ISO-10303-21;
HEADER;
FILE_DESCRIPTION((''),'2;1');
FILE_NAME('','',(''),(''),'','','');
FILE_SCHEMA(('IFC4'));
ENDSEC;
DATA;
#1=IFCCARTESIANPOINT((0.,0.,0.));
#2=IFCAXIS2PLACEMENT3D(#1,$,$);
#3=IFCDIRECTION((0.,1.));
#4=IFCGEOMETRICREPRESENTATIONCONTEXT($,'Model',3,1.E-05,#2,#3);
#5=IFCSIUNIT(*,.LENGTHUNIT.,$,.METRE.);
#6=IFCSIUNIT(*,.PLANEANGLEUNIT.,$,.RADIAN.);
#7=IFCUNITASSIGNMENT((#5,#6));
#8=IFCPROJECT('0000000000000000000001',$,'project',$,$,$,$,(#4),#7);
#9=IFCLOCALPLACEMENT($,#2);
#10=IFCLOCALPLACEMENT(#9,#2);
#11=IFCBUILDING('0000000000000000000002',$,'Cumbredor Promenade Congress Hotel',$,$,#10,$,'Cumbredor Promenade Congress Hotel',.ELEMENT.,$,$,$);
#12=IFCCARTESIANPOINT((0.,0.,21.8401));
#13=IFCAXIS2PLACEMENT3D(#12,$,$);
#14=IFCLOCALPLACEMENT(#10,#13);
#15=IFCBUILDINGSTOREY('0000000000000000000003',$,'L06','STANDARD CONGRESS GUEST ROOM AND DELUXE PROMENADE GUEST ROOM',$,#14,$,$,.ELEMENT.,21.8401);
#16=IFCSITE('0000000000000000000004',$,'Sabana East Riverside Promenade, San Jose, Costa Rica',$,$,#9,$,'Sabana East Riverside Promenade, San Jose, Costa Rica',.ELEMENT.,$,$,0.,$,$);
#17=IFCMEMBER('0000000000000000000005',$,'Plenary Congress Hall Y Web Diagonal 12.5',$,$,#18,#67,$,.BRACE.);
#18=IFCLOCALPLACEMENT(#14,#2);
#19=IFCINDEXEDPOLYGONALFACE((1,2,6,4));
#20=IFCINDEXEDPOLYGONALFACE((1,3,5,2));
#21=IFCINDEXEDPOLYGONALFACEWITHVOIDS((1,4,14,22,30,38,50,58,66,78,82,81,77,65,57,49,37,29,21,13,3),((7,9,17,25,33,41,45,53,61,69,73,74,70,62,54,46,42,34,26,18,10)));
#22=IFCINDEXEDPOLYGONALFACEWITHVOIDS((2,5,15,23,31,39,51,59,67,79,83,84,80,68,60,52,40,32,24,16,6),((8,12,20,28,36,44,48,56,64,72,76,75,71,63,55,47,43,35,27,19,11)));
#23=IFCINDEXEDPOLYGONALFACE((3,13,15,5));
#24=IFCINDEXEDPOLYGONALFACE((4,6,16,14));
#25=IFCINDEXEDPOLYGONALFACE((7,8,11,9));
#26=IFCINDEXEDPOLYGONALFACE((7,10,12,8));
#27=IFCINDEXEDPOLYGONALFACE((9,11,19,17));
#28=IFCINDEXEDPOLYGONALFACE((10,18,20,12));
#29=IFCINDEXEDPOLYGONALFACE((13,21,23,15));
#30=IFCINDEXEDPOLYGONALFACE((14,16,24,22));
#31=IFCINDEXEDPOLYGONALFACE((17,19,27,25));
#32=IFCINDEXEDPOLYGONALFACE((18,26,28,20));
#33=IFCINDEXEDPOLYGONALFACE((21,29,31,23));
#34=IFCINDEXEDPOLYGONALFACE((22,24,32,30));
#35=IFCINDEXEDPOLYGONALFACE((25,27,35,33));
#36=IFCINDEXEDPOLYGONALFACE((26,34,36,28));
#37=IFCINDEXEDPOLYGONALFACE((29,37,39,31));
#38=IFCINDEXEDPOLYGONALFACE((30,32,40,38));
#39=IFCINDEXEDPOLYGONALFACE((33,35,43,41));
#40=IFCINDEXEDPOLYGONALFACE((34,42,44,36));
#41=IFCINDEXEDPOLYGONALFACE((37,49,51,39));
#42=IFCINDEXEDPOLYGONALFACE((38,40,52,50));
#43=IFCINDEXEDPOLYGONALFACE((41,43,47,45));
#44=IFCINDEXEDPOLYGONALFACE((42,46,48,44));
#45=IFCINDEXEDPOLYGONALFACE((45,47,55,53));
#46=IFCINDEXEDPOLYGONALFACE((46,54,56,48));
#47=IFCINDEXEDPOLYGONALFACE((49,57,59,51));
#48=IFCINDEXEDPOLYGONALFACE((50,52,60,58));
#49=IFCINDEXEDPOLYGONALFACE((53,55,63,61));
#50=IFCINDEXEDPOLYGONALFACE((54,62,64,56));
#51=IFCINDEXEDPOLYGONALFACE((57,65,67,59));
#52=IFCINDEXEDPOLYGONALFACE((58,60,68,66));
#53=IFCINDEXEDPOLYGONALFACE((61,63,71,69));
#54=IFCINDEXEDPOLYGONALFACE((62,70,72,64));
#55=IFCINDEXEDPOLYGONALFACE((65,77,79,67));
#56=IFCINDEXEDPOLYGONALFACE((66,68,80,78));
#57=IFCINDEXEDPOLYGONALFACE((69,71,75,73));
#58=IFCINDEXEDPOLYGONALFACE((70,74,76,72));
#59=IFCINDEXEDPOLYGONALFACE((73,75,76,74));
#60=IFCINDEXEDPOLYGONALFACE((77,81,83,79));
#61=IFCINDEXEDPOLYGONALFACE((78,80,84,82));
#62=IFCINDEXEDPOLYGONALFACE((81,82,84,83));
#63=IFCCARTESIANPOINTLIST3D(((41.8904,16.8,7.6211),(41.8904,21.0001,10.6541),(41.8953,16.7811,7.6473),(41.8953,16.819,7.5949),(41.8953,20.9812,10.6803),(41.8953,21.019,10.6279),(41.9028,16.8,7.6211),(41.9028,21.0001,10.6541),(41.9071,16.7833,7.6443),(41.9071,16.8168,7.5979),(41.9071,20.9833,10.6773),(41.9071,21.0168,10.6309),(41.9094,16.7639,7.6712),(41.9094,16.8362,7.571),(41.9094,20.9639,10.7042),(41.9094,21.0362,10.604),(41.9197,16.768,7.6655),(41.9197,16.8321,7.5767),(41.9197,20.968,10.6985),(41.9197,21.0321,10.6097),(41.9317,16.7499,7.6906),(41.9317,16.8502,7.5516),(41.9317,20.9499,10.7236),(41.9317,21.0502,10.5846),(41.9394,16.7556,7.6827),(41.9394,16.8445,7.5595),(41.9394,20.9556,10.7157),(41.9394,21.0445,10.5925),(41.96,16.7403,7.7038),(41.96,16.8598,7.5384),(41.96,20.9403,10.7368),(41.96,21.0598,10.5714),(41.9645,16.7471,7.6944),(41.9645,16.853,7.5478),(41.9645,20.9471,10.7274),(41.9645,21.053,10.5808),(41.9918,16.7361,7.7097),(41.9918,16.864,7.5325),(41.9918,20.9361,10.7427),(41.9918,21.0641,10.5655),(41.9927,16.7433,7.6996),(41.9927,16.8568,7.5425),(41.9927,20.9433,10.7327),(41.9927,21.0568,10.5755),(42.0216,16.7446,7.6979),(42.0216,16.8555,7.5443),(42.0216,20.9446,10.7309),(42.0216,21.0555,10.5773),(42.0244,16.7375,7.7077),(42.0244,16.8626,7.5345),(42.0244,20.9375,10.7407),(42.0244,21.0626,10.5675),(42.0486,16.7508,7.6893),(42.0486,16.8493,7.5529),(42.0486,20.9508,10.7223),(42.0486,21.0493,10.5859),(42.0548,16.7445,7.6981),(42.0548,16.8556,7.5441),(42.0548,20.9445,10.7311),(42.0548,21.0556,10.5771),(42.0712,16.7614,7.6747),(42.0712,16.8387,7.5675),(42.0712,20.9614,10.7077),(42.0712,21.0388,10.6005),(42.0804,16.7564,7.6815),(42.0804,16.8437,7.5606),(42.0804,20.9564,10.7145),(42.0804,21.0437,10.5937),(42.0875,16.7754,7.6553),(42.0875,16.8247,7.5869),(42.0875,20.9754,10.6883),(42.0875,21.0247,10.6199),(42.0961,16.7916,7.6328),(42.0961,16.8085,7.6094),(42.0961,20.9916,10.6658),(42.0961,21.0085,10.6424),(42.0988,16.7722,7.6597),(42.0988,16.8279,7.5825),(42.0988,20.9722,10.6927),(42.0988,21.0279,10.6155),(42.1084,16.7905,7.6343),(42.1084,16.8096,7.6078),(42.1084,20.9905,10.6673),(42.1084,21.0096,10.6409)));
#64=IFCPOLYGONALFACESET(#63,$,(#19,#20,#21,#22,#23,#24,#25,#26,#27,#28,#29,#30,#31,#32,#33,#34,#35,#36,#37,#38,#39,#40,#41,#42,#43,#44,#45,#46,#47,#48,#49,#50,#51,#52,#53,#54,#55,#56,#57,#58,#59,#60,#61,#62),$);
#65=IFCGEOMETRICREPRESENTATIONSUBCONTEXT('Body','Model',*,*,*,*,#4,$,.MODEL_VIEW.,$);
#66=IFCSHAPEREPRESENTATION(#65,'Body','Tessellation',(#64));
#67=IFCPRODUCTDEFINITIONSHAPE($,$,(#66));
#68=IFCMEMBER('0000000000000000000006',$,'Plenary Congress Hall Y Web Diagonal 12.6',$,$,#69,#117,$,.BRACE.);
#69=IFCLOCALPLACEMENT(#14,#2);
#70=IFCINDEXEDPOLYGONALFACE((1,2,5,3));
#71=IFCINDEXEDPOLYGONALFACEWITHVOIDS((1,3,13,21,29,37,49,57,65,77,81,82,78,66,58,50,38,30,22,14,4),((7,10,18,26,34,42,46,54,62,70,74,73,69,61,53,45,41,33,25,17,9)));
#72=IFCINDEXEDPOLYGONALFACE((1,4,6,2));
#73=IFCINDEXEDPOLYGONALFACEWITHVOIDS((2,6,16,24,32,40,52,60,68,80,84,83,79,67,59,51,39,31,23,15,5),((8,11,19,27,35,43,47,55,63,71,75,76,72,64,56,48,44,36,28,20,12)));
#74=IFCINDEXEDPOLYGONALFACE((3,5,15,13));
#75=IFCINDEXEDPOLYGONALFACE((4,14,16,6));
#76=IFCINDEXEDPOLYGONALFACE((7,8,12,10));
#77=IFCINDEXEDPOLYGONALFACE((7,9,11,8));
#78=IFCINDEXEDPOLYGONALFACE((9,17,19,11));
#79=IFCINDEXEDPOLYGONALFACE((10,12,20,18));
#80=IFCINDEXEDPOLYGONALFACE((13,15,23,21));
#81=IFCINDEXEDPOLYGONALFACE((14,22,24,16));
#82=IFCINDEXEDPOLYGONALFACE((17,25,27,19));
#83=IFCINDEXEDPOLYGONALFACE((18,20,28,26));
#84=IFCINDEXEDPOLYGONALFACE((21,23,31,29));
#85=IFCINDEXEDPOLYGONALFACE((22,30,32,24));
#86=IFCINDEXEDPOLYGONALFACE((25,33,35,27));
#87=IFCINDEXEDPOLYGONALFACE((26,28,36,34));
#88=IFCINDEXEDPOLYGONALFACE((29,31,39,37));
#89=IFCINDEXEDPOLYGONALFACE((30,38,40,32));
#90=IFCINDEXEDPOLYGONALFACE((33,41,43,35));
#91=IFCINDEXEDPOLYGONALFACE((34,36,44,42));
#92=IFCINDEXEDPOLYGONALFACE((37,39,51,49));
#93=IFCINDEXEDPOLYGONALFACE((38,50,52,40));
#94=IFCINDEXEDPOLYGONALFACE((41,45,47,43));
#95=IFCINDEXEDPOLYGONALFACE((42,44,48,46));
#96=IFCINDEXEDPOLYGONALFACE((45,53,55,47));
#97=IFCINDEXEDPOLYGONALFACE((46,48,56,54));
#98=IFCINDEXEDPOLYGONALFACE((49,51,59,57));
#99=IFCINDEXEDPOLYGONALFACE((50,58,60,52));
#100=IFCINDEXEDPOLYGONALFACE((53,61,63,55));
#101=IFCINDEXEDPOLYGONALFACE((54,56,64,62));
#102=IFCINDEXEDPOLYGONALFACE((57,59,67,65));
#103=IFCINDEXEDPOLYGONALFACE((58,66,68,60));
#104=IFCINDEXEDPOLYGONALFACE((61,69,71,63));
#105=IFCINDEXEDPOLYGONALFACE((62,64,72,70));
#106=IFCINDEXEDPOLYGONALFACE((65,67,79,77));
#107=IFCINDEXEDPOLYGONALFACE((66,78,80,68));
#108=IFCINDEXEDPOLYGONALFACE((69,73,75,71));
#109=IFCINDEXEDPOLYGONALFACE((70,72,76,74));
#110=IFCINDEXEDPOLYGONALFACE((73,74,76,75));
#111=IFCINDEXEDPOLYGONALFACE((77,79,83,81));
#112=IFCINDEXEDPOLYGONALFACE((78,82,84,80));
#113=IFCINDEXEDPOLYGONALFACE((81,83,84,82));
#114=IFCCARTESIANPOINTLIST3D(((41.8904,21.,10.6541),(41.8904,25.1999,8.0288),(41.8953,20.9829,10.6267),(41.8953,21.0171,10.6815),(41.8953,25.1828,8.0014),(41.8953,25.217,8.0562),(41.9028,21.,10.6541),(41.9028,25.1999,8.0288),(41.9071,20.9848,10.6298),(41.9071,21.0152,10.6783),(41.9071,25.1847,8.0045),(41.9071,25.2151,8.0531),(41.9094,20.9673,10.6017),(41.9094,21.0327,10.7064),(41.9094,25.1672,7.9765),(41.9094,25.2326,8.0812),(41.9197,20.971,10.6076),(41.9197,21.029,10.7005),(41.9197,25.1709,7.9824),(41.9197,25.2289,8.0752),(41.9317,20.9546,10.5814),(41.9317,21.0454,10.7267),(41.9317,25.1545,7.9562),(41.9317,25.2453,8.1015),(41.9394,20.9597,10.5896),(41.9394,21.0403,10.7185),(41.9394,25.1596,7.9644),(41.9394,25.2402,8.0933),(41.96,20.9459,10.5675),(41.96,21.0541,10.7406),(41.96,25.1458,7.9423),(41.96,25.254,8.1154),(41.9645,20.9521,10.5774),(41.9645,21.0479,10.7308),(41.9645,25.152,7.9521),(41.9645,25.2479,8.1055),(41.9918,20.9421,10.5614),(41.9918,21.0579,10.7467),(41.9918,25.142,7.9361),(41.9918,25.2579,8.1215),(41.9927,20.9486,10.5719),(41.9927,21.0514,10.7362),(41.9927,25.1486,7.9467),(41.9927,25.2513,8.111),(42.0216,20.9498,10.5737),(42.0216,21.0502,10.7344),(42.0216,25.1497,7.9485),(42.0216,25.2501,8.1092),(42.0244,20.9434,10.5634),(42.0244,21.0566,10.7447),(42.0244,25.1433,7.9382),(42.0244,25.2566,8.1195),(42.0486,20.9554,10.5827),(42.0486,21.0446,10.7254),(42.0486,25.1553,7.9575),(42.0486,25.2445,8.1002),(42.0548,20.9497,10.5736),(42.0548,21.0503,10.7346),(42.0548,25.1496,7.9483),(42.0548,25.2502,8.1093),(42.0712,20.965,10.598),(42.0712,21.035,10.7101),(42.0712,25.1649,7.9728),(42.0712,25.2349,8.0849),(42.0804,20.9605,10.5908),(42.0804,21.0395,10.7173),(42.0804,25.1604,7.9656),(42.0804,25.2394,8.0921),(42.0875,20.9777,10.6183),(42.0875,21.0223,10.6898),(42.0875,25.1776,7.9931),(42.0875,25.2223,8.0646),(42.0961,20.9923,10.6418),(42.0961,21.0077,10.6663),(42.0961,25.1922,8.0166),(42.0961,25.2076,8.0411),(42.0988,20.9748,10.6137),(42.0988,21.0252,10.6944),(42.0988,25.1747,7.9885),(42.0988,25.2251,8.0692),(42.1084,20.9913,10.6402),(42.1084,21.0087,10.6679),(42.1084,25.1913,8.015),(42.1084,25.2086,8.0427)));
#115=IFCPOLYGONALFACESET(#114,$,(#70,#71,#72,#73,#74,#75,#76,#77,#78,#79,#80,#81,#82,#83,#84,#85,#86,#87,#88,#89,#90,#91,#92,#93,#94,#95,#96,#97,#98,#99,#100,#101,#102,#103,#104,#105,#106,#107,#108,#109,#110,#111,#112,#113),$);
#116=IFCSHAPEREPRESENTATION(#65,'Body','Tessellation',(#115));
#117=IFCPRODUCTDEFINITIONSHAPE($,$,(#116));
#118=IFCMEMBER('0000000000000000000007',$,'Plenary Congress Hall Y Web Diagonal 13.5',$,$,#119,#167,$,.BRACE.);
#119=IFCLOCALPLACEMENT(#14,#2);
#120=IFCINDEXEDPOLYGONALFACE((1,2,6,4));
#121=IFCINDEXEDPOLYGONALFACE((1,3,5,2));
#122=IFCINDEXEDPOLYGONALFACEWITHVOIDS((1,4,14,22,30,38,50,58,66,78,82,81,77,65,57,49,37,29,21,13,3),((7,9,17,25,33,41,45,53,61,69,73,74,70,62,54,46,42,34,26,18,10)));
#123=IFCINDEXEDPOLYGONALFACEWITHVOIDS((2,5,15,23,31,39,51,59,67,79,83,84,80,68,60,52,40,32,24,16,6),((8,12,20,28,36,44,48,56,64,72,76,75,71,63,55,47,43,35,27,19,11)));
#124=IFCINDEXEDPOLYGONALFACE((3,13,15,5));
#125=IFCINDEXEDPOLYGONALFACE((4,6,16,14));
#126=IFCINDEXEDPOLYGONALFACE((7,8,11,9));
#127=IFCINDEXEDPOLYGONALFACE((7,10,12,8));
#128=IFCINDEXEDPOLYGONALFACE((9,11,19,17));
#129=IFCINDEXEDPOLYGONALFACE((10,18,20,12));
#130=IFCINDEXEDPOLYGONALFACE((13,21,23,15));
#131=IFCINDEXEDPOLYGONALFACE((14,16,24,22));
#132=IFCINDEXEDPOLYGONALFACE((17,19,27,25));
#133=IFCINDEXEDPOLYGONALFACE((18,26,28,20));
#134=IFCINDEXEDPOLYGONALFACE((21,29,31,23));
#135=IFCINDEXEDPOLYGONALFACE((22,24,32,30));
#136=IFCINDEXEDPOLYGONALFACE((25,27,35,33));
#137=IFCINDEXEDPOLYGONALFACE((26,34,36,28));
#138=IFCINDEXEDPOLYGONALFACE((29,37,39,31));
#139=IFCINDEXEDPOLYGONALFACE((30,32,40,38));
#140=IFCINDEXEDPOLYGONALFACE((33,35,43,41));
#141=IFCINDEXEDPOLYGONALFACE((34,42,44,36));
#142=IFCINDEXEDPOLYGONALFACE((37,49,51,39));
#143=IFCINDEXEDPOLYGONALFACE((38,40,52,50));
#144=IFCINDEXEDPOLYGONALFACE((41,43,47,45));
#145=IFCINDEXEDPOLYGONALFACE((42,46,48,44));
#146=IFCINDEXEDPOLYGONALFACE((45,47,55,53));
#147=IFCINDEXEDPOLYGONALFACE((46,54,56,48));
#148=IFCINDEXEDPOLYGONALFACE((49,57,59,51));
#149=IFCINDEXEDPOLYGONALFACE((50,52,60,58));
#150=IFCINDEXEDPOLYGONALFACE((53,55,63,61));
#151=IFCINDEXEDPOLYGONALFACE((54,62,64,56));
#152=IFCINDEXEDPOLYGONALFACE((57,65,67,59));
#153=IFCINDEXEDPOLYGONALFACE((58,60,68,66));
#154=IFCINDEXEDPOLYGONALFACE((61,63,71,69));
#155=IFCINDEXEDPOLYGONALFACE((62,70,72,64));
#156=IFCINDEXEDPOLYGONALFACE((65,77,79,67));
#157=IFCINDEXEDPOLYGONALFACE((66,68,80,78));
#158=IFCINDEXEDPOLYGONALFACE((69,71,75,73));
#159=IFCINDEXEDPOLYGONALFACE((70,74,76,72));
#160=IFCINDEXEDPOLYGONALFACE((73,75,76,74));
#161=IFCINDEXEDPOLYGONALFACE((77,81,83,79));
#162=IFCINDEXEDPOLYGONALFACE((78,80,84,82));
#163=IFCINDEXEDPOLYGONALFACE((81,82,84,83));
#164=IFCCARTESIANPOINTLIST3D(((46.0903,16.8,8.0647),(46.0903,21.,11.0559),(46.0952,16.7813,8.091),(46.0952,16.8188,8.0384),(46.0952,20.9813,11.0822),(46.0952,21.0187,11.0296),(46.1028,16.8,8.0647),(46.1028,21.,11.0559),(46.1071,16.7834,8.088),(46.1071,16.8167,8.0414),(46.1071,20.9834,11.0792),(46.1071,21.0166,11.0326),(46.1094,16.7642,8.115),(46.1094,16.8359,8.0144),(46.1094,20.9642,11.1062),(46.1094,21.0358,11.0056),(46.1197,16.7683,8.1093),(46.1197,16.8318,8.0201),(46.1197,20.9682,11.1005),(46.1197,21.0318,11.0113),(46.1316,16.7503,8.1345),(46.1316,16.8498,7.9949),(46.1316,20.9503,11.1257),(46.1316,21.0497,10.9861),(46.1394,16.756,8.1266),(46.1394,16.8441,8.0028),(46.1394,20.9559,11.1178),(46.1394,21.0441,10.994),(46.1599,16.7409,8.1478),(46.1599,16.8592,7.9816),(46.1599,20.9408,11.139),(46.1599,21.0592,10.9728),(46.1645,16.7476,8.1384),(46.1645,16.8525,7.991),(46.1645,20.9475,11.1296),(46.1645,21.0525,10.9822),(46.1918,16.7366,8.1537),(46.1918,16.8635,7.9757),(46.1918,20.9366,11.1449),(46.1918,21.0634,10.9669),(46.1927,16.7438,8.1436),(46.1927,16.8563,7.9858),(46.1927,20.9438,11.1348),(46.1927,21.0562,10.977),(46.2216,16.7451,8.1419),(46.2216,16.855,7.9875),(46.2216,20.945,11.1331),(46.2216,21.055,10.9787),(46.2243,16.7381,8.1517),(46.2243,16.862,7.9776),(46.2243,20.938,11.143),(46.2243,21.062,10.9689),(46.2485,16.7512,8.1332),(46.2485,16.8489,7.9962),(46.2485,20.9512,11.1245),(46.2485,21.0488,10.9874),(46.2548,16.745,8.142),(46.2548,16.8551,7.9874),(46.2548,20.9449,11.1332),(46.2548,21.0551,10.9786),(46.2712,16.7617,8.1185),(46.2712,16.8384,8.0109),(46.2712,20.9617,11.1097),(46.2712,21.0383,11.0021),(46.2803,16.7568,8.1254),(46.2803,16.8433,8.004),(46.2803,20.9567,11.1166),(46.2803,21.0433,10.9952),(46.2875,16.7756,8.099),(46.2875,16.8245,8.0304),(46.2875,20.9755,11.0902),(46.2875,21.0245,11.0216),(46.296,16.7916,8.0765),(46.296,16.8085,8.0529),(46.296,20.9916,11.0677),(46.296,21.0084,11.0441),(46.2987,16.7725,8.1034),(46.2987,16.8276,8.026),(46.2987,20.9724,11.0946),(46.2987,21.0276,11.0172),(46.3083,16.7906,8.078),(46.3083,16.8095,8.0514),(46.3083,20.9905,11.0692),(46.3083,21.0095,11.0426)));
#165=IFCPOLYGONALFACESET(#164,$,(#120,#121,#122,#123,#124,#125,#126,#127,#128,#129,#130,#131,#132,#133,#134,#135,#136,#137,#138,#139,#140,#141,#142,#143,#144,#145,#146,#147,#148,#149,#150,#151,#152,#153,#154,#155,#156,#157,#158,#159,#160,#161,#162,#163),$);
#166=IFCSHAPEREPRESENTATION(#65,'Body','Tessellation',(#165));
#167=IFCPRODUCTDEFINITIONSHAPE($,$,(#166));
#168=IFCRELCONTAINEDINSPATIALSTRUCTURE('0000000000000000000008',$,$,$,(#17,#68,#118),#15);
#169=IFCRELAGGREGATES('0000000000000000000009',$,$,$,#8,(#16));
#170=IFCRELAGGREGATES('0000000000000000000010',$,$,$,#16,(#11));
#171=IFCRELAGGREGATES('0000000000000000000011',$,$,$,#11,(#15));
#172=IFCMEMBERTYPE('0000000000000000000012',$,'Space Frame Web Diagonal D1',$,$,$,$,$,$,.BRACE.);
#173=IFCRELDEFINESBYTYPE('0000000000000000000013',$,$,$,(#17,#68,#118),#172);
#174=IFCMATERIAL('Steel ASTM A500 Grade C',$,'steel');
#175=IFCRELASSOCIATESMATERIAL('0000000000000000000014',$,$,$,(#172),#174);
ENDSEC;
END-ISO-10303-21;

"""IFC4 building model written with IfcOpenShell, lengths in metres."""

from ifc_helpers import new_model, si_unit, direction, frame, origin, origin_2d, place, context, subcontext, project, spatial, hollow_circle, extrude, material, material_profile, profile_set, type_object, element, save


model = new_model("IFC4")

# Units and contexts
model_context = context("Model", 3, precision=1e-05, world=origin(), true_north=direction((0.0, 1.0)))
body_context = subcontext(model_context, "Body", "Model", "MODEL_VIEW")
ifc_project = project(units=[si_unit("LENGTHUNIT", "METRE"), si_unit("PLANEANGLEUNIT", "RADIAN")], contexts=[model_context])

# Site, building, storey
site_placement = place(None, origin())
site = spatial("IfcSite", under=ifc_project, at=site_placement, Name="Sabana East Riverside Promenade, San Jose, Costa Rica", LongName="Sabana East Riverside Promenade, San Jose, Costa Rica", CompositionType="ELEMENT", RefElevation=0.0)
building_placement = place(site_placement, origin())
building = spatial("IfcBuilding", under=site, at=building_placement, Name="Cumbredor Promenade Congress Hotel", LongName="Cumbredor Promenade Congress Hotel", CompositionType="ELEMENT")
storey_placement = place(building_placement, frame((0.0, 0.0, 21.8401)))
storey = spatial("IfcBuildingStorey", under=building, at=storey_placement, Name="L06", Description="STANDARD CONGRESS GUEST ROOM AND DELUXE PROMENADE GUEST ROOM", CompositionType="ELEMENT", Elevation=21.8401)

# Members
ifc_material_1 = material(Name="Steel ASTM A500 Grade C", Category="steel")
ifc_material_profile_1 = material_profile(ifc_material_1, hollow_circle(Radius=0.1096, WallThickness=0.0125, at=origin_2d()), Name="CHS 219.1x12.5")
ifc_profile_set_1 = profile_set([ifc_material_profile_1], Name="Steel ASTM A500 Grade C")
member_type_1 = type_object("IfcMemberType", Name="Space Frame Web Diagonal D1", PredefinedType="BRACE", material=ifc_profile_set_1)
member_1_placement = place(storey_placement, frame((42.0, 16.8, 7.6211), z_axis=(0.0, 0.81071, 0.585448), x_axis=(-1.0, 0.0, 0.0)))
element("IfcMember", 1, at=member_1_placement, inside=storey, type_object=member_type_1, Name="Plenary Congress Hall Y Web Diagonal 12.5", PredefinedType="BRACE", context=body_context, shape_type="SweptSolid", body=[
    extrude(hollow_circle(Radius=0.1096, WallThickness=0.0125, at=origin_2d()), origin(), (0.0, 0.0, 1.0), 5.1807),
])
member_2_placement = place(storey_placement, frame((42.0, 21.0, 10.6541), z_axis=(0.0, 0.847973, -0.530039), x_axis=(-1.0, 0.0, 0.0)))
element("IfcMember", 2, at=member_2_placement, inside=storey, type_object=member_type_1, Name="Plenary Congress Hall Y Web Diagonal 12.6", PredefinedType="BRACE", context=body_context, shape_type="SweptSolid", body=[
    extrude(hollow_circle(Radius=0.1096, WallThickness=0.0125, at=origin_2d()), origin(), (0.0, 0.0, 1.0), 4.9529),
])
member_3_placement = place(storey_placement, frame((46.2, 16.8, 8.0647), z_axis=(0.0, 0.814536, 0.580113), x_axis=(-1.0, 0.0, 0.0)))
element("IfcMember", 3, at=member_3_placement, inside=storey, type_object=member_type_1, Name="Plenary Congress Hall Y Web Diagonal 13.5", PredefinedType="BRACE", context=body_context, shape_type="SweptSolid", body=[
    extrude(hollow_circle(Radius=0.1096, WallThickness=0.0125, at=origin_2d()), origin(), (0.0, 0.0, 1.0), 5.1562),
])

save(model, "model.ifc")
